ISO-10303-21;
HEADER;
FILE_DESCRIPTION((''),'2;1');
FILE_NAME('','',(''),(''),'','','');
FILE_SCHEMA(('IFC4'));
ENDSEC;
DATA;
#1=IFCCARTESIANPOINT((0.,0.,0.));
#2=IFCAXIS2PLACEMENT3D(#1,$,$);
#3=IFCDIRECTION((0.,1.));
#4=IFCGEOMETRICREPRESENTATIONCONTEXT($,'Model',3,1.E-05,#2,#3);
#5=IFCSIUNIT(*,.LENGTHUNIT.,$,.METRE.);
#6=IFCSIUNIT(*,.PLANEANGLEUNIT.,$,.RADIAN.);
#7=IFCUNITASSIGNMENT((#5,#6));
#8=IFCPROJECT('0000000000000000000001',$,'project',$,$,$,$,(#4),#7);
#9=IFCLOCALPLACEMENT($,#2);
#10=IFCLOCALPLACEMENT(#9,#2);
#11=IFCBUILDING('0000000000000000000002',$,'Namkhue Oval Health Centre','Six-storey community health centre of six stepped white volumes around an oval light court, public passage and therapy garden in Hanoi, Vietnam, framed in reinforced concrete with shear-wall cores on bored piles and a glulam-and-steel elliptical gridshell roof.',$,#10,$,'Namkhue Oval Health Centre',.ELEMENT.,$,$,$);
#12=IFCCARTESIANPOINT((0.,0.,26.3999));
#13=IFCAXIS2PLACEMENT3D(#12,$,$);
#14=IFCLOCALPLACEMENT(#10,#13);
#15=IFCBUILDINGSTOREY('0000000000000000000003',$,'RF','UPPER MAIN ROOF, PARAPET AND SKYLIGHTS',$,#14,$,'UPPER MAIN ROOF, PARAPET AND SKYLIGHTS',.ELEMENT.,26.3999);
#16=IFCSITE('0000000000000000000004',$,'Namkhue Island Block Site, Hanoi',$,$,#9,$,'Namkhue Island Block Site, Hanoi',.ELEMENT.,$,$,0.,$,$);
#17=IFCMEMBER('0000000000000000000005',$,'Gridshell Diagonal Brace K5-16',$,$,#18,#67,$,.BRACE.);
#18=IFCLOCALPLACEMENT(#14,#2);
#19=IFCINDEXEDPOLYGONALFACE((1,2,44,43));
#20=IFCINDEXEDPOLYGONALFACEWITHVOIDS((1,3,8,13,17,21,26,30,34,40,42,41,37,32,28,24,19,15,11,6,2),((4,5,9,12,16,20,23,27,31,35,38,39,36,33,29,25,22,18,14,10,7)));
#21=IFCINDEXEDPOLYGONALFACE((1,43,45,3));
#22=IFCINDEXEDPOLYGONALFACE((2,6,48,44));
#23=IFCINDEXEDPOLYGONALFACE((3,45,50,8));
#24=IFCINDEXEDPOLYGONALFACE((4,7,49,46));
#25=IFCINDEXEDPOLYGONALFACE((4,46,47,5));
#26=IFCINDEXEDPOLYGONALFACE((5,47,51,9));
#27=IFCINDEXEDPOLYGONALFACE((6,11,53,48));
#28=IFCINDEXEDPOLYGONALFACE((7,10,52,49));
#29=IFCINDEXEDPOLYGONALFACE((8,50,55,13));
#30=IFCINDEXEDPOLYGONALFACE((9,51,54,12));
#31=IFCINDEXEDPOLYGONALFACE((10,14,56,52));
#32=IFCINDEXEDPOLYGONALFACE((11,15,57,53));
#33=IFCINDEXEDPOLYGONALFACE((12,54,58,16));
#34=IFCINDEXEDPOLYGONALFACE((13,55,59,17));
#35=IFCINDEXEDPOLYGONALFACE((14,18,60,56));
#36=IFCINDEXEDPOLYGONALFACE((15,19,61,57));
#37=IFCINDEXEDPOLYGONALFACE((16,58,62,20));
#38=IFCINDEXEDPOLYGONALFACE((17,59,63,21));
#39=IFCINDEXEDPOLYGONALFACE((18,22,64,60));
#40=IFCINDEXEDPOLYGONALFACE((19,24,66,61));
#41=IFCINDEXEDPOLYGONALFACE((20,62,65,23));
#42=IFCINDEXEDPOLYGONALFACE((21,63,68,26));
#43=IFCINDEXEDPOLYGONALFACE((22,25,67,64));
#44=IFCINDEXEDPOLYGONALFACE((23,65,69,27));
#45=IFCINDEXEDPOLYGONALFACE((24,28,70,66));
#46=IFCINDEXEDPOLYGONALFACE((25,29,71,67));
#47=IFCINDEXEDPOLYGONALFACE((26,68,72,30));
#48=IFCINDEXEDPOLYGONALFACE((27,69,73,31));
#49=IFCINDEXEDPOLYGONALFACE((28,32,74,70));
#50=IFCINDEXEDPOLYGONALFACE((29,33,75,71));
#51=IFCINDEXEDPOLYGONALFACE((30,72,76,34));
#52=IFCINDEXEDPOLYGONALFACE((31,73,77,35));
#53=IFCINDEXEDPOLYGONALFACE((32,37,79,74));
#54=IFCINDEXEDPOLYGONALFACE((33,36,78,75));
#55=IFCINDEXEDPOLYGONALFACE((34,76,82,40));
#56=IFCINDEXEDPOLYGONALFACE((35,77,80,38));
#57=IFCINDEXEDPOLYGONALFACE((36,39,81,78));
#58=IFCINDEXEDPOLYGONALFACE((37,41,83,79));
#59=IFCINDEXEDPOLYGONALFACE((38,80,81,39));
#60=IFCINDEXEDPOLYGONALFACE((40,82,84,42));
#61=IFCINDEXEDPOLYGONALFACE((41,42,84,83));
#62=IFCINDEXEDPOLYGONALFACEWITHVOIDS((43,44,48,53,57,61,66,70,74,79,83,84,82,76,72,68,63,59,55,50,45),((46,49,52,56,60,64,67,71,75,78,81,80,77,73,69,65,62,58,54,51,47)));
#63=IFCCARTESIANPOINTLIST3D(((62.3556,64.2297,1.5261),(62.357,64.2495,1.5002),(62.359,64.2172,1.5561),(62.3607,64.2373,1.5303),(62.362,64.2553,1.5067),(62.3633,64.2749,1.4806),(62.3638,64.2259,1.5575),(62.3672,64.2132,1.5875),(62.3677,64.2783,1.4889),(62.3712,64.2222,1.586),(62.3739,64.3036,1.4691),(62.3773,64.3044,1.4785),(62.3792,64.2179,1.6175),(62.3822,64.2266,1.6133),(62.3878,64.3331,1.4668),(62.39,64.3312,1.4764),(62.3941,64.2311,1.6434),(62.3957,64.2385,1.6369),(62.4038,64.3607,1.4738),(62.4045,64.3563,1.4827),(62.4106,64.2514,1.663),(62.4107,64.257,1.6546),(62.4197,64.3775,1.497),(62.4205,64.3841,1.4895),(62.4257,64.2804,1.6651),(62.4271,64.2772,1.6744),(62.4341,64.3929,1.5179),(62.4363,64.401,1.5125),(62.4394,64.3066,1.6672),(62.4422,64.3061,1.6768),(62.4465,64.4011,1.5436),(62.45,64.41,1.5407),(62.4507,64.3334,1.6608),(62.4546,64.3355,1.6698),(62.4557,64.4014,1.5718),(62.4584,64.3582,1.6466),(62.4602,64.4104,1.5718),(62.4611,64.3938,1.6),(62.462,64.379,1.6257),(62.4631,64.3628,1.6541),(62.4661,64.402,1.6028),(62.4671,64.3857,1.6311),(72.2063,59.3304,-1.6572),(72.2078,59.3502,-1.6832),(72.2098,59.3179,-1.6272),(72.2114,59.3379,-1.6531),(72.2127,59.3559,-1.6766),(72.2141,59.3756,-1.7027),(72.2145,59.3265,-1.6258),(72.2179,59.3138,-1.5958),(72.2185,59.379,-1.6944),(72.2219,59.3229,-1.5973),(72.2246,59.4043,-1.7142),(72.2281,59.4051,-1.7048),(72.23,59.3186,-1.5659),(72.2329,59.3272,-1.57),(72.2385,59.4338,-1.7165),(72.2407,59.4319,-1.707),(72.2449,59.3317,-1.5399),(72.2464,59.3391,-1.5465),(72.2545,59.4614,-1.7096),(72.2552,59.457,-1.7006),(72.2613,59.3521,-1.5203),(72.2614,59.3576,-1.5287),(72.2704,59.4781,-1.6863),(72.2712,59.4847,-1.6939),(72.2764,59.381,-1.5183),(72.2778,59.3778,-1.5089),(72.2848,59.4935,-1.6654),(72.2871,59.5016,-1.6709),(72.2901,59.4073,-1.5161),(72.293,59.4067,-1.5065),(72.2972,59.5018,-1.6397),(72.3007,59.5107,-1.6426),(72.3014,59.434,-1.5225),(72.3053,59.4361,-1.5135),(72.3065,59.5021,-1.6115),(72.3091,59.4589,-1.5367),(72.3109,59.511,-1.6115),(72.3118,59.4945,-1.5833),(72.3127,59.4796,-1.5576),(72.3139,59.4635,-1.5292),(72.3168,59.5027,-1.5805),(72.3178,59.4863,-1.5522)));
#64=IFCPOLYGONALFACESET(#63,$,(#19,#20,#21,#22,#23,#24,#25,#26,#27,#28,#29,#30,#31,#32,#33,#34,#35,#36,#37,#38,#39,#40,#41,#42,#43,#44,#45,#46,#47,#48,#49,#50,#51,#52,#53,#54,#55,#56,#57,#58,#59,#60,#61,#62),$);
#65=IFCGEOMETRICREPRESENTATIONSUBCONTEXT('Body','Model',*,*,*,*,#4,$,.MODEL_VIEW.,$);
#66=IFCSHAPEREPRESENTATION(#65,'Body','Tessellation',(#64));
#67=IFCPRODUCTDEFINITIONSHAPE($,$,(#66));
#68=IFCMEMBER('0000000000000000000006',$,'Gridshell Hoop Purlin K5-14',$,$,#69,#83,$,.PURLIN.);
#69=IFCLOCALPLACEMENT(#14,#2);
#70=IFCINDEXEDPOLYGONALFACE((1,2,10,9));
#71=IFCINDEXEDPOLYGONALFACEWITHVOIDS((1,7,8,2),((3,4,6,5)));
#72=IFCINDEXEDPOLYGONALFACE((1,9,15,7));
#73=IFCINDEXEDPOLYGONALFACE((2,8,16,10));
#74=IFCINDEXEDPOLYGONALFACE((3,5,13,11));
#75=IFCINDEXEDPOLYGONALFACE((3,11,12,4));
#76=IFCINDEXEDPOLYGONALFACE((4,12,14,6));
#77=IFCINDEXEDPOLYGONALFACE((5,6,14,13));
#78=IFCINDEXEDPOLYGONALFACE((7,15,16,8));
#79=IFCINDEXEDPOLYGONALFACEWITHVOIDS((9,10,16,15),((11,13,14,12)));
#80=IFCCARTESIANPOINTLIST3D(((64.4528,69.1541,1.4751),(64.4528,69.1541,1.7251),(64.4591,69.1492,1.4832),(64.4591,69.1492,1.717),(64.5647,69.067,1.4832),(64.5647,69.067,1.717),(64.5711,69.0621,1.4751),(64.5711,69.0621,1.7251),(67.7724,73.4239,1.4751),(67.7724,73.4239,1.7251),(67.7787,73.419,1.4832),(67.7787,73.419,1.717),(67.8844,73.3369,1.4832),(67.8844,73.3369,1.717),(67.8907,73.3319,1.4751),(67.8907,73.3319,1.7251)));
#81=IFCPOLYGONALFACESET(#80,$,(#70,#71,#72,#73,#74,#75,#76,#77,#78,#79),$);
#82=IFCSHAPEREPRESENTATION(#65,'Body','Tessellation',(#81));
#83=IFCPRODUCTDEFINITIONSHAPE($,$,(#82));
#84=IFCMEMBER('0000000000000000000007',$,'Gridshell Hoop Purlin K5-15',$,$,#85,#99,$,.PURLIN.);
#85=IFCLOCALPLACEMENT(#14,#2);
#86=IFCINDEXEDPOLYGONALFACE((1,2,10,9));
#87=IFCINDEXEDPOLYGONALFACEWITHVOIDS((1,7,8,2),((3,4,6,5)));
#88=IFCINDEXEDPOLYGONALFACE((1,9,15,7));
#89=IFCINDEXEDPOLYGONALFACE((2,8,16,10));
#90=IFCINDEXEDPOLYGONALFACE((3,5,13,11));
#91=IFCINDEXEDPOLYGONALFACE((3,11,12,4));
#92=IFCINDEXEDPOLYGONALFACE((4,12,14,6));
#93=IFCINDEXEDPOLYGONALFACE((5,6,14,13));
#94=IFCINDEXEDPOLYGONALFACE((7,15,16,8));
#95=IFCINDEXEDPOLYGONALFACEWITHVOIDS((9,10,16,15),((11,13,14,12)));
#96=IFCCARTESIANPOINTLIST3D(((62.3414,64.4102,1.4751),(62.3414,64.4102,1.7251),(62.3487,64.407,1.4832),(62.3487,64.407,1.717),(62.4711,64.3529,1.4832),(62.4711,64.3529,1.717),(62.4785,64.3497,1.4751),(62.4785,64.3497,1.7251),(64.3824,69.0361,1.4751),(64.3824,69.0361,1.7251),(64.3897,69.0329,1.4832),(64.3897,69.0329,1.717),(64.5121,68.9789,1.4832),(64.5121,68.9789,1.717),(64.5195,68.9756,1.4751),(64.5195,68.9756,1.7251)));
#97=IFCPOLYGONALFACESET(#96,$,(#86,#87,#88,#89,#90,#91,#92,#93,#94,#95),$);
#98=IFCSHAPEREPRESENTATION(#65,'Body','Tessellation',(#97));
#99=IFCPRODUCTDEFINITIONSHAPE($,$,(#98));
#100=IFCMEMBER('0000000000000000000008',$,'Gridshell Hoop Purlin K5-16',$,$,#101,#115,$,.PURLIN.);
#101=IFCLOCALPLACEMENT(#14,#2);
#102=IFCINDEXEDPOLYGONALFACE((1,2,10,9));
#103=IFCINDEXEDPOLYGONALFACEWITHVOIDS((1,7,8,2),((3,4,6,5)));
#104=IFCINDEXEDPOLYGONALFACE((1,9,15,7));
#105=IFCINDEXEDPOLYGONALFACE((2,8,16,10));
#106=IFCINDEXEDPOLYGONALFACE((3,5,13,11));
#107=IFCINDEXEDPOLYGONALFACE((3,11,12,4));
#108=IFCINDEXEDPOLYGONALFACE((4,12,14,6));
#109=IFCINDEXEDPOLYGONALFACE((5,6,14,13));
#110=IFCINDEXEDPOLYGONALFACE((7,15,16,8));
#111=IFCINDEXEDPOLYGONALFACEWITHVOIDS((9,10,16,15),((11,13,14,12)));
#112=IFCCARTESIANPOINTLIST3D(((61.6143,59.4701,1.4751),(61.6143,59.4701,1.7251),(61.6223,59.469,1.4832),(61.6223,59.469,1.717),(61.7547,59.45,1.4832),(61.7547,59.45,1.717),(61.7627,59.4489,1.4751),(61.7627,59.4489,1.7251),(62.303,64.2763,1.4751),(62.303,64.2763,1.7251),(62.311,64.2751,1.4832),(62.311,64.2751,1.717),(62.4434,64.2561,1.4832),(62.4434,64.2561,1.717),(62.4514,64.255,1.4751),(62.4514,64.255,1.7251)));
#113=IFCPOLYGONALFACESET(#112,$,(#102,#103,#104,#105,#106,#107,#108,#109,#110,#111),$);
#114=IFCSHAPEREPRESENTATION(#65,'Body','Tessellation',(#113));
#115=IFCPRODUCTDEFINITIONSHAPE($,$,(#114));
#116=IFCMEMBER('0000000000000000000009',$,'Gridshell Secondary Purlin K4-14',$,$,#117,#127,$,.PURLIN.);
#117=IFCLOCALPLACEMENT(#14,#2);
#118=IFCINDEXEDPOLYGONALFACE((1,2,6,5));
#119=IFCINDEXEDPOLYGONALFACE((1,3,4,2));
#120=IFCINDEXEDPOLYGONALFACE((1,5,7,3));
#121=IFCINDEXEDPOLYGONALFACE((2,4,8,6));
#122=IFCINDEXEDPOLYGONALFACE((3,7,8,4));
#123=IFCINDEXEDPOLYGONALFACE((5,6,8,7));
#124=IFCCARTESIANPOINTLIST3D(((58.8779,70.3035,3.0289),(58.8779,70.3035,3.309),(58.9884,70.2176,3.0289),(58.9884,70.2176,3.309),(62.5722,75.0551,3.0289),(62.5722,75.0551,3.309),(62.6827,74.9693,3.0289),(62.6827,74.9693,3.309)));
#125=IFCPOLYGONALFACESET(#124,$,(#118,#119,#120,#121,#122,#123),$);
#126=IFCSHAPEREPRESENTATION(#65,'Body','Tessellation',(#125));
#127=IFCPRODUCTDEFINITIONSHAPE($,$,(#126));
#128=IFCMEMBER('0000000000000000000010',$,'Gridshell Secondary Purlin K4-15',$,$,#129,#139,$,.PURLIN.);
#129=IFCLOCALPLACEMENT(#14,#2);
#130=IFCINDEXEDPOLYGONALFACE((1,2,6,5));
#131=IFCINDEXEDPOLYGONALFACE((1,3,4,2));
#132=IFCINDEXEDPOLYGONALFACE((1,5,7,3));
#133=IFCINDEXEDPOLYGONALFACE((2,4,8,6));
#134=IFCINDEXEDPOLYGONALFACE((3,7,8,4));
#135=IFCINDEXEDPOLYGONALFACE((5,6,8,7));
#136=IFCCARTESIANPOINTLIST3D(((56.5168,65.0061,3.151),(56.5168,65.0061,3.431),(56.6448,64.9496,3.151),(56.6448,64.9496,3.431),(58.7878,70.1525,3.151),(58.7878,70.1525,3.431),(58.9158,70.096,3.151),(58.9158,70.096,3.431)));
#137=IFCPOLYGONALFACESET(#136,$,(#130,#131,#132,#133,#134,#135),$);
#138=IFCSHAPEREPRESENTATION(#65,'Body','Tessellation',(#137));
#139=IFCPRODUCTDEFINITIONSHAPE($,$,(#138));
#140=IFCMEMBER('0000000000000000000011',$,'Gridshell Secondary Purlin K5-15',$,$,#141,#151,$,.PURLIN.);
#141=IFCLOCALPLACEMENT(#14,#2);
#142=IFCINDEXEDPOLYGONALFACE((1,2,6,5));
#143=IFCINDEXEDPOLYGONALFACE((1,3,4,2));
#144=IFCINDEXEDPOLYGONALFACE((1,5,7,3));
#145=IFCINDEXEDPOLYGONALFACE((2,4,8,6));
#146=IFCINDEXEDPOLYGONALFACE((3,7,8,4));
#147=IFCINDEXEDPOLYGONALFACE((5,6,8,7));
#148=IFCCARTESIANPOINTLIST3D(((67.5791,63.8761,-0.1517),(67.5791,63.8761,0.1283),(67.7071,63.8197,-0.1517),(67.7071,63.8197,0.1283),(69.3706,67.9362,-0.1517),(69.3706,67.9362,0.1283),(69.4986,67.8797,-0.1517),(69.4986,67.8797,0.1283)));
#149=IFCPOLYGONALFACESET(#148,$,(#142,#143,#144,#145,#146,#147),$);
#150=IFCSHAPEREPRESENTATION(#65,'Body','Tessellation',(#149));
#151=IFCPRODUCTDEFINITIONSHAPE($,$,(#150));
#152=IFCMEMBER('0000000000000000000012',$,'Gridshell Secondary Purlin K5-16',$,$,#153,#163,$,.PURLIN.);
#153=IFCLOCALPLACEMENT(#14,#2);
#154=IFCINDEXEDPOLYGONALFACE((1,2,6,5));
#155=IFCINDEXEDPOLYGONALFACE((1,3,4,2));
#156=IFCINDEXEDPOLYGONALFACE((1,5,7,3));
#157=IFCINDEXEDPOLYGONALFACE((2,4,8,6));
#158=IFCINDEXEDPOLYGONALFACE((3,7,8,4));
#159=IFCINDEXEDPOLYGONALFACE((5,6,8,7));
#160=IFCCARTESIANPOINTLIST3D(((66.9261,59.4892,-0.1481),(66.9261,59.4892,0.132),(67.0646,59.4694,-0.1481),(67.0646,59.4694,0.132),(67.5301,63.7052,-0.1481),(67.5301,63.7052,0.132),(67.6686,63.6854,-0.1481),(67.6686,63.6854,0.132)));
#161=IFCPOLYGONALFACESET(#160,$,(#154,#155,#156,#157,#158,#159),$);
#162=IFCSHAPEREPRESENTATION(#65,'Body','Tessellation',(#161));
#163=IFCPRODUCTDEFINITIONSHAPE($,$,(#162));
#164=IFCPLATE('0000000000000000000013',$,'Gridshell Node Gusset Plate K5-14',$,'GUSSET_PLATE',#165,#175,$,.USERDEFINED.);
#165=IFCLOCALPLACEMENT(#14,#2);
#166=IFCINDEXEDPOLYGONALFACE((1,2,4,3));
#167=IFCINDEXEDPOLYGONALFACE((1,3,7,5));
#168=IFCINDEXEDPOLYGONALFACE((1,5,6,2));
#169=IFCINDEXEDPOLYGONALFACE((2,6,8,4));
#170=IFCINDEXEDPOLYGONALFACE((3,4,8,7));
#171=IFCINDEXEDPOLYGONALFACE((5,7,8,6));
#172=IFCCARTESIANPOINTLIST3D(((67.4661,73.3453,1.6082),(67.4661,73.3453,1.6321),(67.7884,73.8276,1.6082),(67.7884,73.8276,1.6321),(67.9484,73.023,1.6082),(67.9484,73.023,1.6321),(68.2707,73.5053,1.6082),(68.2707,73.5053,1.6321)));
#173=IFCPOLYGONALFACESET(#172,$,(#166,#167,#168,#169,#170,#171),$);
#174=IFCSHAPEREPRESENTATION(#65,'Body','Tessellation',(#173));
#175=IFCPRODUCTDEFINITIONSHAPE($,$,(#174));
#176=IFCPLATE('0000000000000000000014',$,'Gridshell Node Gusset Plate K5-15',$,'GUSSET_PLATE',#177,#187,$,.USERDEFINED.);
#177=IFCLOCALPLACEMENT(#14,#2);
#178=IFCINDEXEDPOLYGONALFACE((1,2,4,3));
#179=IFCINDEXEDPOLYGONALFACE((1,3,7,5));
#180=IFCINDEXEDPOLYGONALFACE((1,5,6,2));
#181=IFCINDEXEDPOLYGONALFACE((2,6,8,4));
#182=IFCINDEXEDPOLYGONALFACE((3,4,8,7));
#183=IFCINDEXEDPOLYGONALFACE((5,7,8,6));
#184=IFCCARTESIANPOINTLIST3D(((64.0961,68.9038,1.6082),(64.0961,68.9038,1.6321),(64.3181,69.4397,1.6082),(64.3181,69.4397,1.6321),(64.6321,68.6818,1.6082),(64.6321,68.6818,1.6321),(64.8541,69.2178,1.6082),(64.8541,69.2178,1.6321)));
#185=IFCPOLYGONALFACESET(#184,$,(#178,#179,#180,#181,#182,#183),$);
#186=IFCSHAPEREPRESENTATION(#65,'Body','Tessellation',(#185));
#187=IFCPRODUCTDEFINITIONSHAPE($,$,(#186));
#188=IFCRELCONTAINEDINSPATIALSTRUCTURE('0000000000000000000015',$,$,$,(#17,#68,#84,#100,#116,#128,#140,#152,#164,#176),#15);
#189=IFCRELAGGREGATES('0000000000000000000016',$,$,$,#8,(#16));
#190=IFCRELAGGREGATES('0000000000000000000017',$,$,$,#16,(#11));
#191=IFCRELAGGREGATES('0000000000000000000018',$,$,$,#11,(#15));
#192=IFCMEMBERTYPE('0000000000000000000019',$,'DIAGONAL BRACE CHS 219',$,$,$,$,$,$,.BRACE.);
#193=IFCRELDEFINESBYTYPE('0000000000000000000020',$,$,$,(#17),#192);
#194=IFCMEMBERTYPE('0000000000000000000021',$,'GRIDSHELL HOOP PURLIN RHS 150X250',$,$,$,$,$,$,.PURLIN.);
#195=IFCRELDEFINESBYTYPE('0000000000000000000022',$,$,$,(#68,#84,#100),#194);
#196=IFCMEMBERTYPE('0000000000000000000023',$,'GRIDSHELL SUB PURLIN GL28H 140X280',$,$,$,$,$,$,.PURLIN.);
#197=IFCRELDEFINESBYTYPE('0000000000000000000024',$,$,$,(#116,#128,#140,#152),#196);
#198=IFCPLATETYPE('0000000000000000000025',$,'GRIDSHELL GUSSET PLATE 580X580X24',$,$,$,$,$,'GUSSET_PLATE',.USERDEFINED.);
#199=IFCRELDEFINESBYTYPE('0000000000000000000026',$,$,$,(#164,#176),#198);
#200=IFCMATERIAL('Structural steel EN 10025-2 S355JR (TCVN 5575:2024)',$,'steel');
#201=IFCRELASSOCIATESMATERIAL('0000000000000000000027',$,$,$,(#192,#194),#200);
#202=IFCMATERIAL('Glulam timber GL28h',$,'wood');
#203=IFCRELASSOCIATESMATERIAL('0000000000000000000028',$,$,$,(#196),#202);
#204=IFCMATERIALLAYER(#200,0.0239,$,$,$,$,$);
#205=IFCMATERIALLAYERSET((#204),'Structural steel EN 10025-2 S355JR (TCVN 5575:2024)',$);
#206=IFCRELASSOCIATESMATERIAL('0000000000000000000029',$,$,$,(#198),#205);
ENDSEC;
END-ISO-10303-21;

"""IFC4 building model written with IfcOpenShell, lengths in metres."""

from ifc_helpers import new_model, si_unit, direction, frame, origin, origin_2d, place, context, subcontext, project, spatial, rectangle, hollow_rectangle, hollow_circle, extrude, material, layer, layer_set, material_profile, profile_set, type_object, element, save


model = new_model("IFC4")

# Units and contexts
model_context = context("Model", 3, precision=1e-05, world=origin(), true_north=direction((0.0, 1.0)))
body_context = subcontext(model_context, "Body", "Model", "MODEL_VIEW")
ifc_project = project(units=[si_unit("LENGTHUNIT", "METRE"), si_unit("PLANEANGLEUNIT", "RADIAN")], contexts=[model_context])

# Site, building, storey
site_placement = place(None, origin())
site = spatial("IfcSite", under=ifc_project, at=site_placement, Name="Namkhue Island Block Site, Hanoi", LongName="Namkhue Island Block Site, Hanoi", CompositionType="ELEMENT", RefElevation=0.0)
building_placement = place(site_placement, origin())
building = spatial("IfcBuilding", under=site, at=building_placement, Name="Namkhue Oval Health Centre", Description="Six-storey community health centre of six stepped white volumes around an oval light court, public passage and therapy garden in Hanoi, Vietnam, framed in reinforced concrete with shear-wall cores on bored piles and a glulam-and-steel elliptical gridshell roof.", LongName="Namkhue Oval Health Centre", CompositionType="ELEMENT")
storey_placement = place(building_placement, frame((0.0, 0.0, 26.3999)))
storey = spatial("IfcBuildingStorey", under=building, at=storey_placement, Name="RF", Description="UPPER MAIN ROOF, PARAPET AND SKYLIGHTS", LongName="UPPER MAIN ROOF, PARAPET AND SKYLIGHTS", CompositionType="ELEMENT", Elevation=26.3999)

# Members
ifc_material_1 = material(Name="Structural steel EN 10025-2 S355JR (TCVN 5575:2024)", Category="steel")
ifc_material_profile_1 = material_profile(ifc_material_1, hollow_circle(Radius=0.1096, WallThickness=0.01, at=origin_2d()), Name="CHS 219.1x10")
ifc_profile_set_1 = profile_set([ifc_material_profile_1], Name="Structural steel EN 10025-2 S355JR (TCVN 5575:2024)")
member_type_1 = type_object("IfcMemberType", Name="DIAGONAL BRACE CHS 219", PredefinedType="BRACE", material=ifc_profile_set_1)
member_1_placement = place(storey_placement, frame((62.4114, 64.3123, 1.5718), z_axis=(0.860091, -0.427775, -0.277943), x_axis=(0.445322, 0.895371, 0.0)))
element("IfcMember", 1, at=member_1_placement, inside=storey, type_object=member_type_1, Name="Gridshell Diagonal Brace K5-16", PredefinedType="BRACE", context=body_context, shape_type="SweptSolid", body=[
    extrude(hollow_circle(Radius=0.1096, WallThickness=0.01, at=origin_2d()), origin(), (0.0, 0.0, 1.0), 11.4531),
])
ifc_material_profile_2 = material_profile(ifc_material_1, hollow_rectangle(XDim=0.1499, YDim=0.25, WallThickness=0.0081, at=origin_2d()), Name="RHS 150x250x8")
ifc_profile_set_2 = profile_set([ifc_material_profile_2], Name="Structural steel EN 10025-2 S355JR (TCVN 5575:2024)")
member_type_2 = type_object("IfcMemberType", Name="GRIDSHELL HOOP PURLIN RHS 150X250", PredefinedType="PURLIN", material=ifc_profile_set_2)
member_2_placement = place(storey_placement, frame((67.8315, 73.3779, 1.6001), z_axis=(-0.613784, -0.789474, 0.0), x_axis=(0.789474, -0.613784, 0.0)))
element("IfcMember", 2, at=member_2_placement, inside=storey, type_object=member_type_2, Name="Gridshell Hoop Purlin K5-14", PredefinedType="PURLIN", context=body_context, shape_type="SweptSolid", body=[
    extrude(hollow_rectangle(XDim=0.1499, YDim=0.25, WallThickness=0.0081, at=origin_2d()), origin(), (0.0, 0.0, 1.0), 5.4084),
])
member_3_placement = place(storey_placement, frame((64.4509, 69.0059, 1.6001), z_axis=(-0.403664, -0.914907, 0.0), x_axis=(0.914907, -0.403664, 0.0)))
element("IfcMember", 3, at=member_3_placement, inside=storey, type_object=member_type_2, Name="Gridshell Hoop Purlin K5-15", PredefinedType="PURLIN", context=body_context, shape_type="SweptSolid", body=[
    extrude(hollow_rectangle(XDim=0.1499, YDim=0.25, WallThickness=0.0081, at=origin_2d()), origin(), (0.0, 0.0, 1.0), 5.0562),
])
member_4_placement = place(storey_placement, frame((62.3772, 64.2656, 1.6001), z_axis=(-0.141851, -0.989888, 0.0), x_axis=(0.989888, -0.141851, 0.0)))
element("IfcMember", 4, at=member_4_placement, inside=storey, type_object=member_type_2, Name="Gridshell Hoop Purlin K5-16", PredefinedType="PURLIN", context=body_context, shape_type="SweptSolid", body=[
    extrude(hollow_rectangle(XDim=0.1499, YDim=0.25, WallThickness=0.0081, at=origin_2d()), origin(), (0.0, 0.0, 1.0), 4.8552),
])
ifc_material_2 = material(Name="Glulam timber GL28h", Category="wood")
ifc_material_profile_3 = material_profile(ifc_material_2, rectangle(XDim=0.1399, YDim=0.28, at=origin_2d()), Name="GL28h 140x280")
ifc_profile_set_3 = profile_set([ifc_material_profile_3], Name="Glulam timber GL28h")
member_type_3 = type_object("IfcMemberType", Name="GRIDSHELL SUB PURLIN GL28H 140X280", PredefinedType="PURLIN", material=ifc_profile_set_3)
member_5_placement = place(storey_placement, frame((62.6274, 75.0122, 3.1689), z_axis=(-0.613792, -0.789468, 0.0), x_axis=(0.789468, -0.613792, 0.0)))
element("IfcMember", 5, at=member_5_placement, inside=storey, type_object=member_type_3, Name="Gridshell Secondary Purlin K4-14", PredefinedType="PURLIN", context=body_context, shape_type="SweptSolid", body=[
    extrude(rectangle(XDim=0.1399, YDim=0.28, at=origin_2d()), origin(), (0.0, 0.0, 1.0), 6.0188),
])
member_6_placement = place(storey_placement, frame((58.8518, 70.1243, 3.291), z_axis=(-0.403713, -0.914886, 0.0), x_axis=(0.914886, -0.403713, 0.0)))
element("IfcMember", 6, at=member_6_placement, inside=storey, type_object=member_type_3, Name="Gridshell Secondary Purlin K4-15", PredefinedType="PURLIN", context=body_context, shape_type="SweptSolid", body=[
    extrude(rectangle(XDim=0.1399, YDim=0.28, at=origin_2d()), origin(), (0.0, 0.0, 1.0), 5.6252),
])
member_7_placement = place(storey_placement, frame((69.4346, 67.908, -0.0117), z_axis=(-0.403697, -0.914893, 0.0), x_axis=(0.914893, -0.403697, 0.0)))
element("IfcMember", 7, at=member_7_placement, inside=storey, type_object=member_type_3, Name="Gridshell Secondary Purlin K5-15", PredefinedType="PURLIN", context=body_context, shape_type="SweptSolid", body=[
    extrude(rectangle(XDim=0.1399, YDim=0.28, at=origin_2d()), origin(), (0.0, 0.0, 1.0), 4.4377),
])
member_8_placement = place(storey_placement, frame((67.5994, 63.6953, -0.0081), z_axis=(-0.141815, -0.989893, 0.0), x_axis=(0.989893, -0.141815, 0.0)))
element("IfcMember", 8, at=member_8_placement, inside=storey, type_object=member_type_3, Name="Gridshell Secondary Purlin K5-16", PredefinedType="PURLIN", context=body_context, shape_type="SweptSolid", body=[
    extrude(rectangle(XDim=0.1399, YDim=0.28, at=origin_2d()), origin(), (0.0, 0.0, 1.0), 4.259),
])

# Plates
ifc_layer_1 = layer(ifc_material_1, 0.0239)
ifc_layer_set_1 = layer_set([ifc_layer_1], Name="Structural steel EN 10025-2 S355JR (TCVN 5575:2024)")
plate_type = type_object("IfcPlateType", Name="GRIDSHELL GUSSET PLATE 580X580X24", ElementType="GUSSET_PLATE", PredefinedType="USERDEFINED", material=ifc_layer_set_1)
for number, where, z_axis, x_axis, name in (
    (9, (67.8684, 73.4253, 1.6082), (0.0, 0.0, 1.0), (-0.83147, 0.55557, 0.0), "Gridshell Node Gusset Plate K5-14"),
    (10, (64.4751, 69.0608, 1.6082), (0.0, 0.0, 1.0), (-0.92388, 0.382683, 0.0), "Gridshell Node Gusset Plate K5-15"),
):
    element("IfcPlate", number, at=place(storey_placement, frame(where, z_axis=z_axis, x_axis=x_axis)), inside=storey, type_object=plate_type, Name=name, ObjectType="GUSSET_PLATE", PredefinedType="USERDEFINED", context=body_context, shape_type="SweptSolid", body=[
        extrude(rectangle(XDim=0.5801, YDim=0.5801, at=origin_2d()), origin(), (0.0, 0.0, 1.0), 0.0239),
    ])

save(model, "model.ifc")
